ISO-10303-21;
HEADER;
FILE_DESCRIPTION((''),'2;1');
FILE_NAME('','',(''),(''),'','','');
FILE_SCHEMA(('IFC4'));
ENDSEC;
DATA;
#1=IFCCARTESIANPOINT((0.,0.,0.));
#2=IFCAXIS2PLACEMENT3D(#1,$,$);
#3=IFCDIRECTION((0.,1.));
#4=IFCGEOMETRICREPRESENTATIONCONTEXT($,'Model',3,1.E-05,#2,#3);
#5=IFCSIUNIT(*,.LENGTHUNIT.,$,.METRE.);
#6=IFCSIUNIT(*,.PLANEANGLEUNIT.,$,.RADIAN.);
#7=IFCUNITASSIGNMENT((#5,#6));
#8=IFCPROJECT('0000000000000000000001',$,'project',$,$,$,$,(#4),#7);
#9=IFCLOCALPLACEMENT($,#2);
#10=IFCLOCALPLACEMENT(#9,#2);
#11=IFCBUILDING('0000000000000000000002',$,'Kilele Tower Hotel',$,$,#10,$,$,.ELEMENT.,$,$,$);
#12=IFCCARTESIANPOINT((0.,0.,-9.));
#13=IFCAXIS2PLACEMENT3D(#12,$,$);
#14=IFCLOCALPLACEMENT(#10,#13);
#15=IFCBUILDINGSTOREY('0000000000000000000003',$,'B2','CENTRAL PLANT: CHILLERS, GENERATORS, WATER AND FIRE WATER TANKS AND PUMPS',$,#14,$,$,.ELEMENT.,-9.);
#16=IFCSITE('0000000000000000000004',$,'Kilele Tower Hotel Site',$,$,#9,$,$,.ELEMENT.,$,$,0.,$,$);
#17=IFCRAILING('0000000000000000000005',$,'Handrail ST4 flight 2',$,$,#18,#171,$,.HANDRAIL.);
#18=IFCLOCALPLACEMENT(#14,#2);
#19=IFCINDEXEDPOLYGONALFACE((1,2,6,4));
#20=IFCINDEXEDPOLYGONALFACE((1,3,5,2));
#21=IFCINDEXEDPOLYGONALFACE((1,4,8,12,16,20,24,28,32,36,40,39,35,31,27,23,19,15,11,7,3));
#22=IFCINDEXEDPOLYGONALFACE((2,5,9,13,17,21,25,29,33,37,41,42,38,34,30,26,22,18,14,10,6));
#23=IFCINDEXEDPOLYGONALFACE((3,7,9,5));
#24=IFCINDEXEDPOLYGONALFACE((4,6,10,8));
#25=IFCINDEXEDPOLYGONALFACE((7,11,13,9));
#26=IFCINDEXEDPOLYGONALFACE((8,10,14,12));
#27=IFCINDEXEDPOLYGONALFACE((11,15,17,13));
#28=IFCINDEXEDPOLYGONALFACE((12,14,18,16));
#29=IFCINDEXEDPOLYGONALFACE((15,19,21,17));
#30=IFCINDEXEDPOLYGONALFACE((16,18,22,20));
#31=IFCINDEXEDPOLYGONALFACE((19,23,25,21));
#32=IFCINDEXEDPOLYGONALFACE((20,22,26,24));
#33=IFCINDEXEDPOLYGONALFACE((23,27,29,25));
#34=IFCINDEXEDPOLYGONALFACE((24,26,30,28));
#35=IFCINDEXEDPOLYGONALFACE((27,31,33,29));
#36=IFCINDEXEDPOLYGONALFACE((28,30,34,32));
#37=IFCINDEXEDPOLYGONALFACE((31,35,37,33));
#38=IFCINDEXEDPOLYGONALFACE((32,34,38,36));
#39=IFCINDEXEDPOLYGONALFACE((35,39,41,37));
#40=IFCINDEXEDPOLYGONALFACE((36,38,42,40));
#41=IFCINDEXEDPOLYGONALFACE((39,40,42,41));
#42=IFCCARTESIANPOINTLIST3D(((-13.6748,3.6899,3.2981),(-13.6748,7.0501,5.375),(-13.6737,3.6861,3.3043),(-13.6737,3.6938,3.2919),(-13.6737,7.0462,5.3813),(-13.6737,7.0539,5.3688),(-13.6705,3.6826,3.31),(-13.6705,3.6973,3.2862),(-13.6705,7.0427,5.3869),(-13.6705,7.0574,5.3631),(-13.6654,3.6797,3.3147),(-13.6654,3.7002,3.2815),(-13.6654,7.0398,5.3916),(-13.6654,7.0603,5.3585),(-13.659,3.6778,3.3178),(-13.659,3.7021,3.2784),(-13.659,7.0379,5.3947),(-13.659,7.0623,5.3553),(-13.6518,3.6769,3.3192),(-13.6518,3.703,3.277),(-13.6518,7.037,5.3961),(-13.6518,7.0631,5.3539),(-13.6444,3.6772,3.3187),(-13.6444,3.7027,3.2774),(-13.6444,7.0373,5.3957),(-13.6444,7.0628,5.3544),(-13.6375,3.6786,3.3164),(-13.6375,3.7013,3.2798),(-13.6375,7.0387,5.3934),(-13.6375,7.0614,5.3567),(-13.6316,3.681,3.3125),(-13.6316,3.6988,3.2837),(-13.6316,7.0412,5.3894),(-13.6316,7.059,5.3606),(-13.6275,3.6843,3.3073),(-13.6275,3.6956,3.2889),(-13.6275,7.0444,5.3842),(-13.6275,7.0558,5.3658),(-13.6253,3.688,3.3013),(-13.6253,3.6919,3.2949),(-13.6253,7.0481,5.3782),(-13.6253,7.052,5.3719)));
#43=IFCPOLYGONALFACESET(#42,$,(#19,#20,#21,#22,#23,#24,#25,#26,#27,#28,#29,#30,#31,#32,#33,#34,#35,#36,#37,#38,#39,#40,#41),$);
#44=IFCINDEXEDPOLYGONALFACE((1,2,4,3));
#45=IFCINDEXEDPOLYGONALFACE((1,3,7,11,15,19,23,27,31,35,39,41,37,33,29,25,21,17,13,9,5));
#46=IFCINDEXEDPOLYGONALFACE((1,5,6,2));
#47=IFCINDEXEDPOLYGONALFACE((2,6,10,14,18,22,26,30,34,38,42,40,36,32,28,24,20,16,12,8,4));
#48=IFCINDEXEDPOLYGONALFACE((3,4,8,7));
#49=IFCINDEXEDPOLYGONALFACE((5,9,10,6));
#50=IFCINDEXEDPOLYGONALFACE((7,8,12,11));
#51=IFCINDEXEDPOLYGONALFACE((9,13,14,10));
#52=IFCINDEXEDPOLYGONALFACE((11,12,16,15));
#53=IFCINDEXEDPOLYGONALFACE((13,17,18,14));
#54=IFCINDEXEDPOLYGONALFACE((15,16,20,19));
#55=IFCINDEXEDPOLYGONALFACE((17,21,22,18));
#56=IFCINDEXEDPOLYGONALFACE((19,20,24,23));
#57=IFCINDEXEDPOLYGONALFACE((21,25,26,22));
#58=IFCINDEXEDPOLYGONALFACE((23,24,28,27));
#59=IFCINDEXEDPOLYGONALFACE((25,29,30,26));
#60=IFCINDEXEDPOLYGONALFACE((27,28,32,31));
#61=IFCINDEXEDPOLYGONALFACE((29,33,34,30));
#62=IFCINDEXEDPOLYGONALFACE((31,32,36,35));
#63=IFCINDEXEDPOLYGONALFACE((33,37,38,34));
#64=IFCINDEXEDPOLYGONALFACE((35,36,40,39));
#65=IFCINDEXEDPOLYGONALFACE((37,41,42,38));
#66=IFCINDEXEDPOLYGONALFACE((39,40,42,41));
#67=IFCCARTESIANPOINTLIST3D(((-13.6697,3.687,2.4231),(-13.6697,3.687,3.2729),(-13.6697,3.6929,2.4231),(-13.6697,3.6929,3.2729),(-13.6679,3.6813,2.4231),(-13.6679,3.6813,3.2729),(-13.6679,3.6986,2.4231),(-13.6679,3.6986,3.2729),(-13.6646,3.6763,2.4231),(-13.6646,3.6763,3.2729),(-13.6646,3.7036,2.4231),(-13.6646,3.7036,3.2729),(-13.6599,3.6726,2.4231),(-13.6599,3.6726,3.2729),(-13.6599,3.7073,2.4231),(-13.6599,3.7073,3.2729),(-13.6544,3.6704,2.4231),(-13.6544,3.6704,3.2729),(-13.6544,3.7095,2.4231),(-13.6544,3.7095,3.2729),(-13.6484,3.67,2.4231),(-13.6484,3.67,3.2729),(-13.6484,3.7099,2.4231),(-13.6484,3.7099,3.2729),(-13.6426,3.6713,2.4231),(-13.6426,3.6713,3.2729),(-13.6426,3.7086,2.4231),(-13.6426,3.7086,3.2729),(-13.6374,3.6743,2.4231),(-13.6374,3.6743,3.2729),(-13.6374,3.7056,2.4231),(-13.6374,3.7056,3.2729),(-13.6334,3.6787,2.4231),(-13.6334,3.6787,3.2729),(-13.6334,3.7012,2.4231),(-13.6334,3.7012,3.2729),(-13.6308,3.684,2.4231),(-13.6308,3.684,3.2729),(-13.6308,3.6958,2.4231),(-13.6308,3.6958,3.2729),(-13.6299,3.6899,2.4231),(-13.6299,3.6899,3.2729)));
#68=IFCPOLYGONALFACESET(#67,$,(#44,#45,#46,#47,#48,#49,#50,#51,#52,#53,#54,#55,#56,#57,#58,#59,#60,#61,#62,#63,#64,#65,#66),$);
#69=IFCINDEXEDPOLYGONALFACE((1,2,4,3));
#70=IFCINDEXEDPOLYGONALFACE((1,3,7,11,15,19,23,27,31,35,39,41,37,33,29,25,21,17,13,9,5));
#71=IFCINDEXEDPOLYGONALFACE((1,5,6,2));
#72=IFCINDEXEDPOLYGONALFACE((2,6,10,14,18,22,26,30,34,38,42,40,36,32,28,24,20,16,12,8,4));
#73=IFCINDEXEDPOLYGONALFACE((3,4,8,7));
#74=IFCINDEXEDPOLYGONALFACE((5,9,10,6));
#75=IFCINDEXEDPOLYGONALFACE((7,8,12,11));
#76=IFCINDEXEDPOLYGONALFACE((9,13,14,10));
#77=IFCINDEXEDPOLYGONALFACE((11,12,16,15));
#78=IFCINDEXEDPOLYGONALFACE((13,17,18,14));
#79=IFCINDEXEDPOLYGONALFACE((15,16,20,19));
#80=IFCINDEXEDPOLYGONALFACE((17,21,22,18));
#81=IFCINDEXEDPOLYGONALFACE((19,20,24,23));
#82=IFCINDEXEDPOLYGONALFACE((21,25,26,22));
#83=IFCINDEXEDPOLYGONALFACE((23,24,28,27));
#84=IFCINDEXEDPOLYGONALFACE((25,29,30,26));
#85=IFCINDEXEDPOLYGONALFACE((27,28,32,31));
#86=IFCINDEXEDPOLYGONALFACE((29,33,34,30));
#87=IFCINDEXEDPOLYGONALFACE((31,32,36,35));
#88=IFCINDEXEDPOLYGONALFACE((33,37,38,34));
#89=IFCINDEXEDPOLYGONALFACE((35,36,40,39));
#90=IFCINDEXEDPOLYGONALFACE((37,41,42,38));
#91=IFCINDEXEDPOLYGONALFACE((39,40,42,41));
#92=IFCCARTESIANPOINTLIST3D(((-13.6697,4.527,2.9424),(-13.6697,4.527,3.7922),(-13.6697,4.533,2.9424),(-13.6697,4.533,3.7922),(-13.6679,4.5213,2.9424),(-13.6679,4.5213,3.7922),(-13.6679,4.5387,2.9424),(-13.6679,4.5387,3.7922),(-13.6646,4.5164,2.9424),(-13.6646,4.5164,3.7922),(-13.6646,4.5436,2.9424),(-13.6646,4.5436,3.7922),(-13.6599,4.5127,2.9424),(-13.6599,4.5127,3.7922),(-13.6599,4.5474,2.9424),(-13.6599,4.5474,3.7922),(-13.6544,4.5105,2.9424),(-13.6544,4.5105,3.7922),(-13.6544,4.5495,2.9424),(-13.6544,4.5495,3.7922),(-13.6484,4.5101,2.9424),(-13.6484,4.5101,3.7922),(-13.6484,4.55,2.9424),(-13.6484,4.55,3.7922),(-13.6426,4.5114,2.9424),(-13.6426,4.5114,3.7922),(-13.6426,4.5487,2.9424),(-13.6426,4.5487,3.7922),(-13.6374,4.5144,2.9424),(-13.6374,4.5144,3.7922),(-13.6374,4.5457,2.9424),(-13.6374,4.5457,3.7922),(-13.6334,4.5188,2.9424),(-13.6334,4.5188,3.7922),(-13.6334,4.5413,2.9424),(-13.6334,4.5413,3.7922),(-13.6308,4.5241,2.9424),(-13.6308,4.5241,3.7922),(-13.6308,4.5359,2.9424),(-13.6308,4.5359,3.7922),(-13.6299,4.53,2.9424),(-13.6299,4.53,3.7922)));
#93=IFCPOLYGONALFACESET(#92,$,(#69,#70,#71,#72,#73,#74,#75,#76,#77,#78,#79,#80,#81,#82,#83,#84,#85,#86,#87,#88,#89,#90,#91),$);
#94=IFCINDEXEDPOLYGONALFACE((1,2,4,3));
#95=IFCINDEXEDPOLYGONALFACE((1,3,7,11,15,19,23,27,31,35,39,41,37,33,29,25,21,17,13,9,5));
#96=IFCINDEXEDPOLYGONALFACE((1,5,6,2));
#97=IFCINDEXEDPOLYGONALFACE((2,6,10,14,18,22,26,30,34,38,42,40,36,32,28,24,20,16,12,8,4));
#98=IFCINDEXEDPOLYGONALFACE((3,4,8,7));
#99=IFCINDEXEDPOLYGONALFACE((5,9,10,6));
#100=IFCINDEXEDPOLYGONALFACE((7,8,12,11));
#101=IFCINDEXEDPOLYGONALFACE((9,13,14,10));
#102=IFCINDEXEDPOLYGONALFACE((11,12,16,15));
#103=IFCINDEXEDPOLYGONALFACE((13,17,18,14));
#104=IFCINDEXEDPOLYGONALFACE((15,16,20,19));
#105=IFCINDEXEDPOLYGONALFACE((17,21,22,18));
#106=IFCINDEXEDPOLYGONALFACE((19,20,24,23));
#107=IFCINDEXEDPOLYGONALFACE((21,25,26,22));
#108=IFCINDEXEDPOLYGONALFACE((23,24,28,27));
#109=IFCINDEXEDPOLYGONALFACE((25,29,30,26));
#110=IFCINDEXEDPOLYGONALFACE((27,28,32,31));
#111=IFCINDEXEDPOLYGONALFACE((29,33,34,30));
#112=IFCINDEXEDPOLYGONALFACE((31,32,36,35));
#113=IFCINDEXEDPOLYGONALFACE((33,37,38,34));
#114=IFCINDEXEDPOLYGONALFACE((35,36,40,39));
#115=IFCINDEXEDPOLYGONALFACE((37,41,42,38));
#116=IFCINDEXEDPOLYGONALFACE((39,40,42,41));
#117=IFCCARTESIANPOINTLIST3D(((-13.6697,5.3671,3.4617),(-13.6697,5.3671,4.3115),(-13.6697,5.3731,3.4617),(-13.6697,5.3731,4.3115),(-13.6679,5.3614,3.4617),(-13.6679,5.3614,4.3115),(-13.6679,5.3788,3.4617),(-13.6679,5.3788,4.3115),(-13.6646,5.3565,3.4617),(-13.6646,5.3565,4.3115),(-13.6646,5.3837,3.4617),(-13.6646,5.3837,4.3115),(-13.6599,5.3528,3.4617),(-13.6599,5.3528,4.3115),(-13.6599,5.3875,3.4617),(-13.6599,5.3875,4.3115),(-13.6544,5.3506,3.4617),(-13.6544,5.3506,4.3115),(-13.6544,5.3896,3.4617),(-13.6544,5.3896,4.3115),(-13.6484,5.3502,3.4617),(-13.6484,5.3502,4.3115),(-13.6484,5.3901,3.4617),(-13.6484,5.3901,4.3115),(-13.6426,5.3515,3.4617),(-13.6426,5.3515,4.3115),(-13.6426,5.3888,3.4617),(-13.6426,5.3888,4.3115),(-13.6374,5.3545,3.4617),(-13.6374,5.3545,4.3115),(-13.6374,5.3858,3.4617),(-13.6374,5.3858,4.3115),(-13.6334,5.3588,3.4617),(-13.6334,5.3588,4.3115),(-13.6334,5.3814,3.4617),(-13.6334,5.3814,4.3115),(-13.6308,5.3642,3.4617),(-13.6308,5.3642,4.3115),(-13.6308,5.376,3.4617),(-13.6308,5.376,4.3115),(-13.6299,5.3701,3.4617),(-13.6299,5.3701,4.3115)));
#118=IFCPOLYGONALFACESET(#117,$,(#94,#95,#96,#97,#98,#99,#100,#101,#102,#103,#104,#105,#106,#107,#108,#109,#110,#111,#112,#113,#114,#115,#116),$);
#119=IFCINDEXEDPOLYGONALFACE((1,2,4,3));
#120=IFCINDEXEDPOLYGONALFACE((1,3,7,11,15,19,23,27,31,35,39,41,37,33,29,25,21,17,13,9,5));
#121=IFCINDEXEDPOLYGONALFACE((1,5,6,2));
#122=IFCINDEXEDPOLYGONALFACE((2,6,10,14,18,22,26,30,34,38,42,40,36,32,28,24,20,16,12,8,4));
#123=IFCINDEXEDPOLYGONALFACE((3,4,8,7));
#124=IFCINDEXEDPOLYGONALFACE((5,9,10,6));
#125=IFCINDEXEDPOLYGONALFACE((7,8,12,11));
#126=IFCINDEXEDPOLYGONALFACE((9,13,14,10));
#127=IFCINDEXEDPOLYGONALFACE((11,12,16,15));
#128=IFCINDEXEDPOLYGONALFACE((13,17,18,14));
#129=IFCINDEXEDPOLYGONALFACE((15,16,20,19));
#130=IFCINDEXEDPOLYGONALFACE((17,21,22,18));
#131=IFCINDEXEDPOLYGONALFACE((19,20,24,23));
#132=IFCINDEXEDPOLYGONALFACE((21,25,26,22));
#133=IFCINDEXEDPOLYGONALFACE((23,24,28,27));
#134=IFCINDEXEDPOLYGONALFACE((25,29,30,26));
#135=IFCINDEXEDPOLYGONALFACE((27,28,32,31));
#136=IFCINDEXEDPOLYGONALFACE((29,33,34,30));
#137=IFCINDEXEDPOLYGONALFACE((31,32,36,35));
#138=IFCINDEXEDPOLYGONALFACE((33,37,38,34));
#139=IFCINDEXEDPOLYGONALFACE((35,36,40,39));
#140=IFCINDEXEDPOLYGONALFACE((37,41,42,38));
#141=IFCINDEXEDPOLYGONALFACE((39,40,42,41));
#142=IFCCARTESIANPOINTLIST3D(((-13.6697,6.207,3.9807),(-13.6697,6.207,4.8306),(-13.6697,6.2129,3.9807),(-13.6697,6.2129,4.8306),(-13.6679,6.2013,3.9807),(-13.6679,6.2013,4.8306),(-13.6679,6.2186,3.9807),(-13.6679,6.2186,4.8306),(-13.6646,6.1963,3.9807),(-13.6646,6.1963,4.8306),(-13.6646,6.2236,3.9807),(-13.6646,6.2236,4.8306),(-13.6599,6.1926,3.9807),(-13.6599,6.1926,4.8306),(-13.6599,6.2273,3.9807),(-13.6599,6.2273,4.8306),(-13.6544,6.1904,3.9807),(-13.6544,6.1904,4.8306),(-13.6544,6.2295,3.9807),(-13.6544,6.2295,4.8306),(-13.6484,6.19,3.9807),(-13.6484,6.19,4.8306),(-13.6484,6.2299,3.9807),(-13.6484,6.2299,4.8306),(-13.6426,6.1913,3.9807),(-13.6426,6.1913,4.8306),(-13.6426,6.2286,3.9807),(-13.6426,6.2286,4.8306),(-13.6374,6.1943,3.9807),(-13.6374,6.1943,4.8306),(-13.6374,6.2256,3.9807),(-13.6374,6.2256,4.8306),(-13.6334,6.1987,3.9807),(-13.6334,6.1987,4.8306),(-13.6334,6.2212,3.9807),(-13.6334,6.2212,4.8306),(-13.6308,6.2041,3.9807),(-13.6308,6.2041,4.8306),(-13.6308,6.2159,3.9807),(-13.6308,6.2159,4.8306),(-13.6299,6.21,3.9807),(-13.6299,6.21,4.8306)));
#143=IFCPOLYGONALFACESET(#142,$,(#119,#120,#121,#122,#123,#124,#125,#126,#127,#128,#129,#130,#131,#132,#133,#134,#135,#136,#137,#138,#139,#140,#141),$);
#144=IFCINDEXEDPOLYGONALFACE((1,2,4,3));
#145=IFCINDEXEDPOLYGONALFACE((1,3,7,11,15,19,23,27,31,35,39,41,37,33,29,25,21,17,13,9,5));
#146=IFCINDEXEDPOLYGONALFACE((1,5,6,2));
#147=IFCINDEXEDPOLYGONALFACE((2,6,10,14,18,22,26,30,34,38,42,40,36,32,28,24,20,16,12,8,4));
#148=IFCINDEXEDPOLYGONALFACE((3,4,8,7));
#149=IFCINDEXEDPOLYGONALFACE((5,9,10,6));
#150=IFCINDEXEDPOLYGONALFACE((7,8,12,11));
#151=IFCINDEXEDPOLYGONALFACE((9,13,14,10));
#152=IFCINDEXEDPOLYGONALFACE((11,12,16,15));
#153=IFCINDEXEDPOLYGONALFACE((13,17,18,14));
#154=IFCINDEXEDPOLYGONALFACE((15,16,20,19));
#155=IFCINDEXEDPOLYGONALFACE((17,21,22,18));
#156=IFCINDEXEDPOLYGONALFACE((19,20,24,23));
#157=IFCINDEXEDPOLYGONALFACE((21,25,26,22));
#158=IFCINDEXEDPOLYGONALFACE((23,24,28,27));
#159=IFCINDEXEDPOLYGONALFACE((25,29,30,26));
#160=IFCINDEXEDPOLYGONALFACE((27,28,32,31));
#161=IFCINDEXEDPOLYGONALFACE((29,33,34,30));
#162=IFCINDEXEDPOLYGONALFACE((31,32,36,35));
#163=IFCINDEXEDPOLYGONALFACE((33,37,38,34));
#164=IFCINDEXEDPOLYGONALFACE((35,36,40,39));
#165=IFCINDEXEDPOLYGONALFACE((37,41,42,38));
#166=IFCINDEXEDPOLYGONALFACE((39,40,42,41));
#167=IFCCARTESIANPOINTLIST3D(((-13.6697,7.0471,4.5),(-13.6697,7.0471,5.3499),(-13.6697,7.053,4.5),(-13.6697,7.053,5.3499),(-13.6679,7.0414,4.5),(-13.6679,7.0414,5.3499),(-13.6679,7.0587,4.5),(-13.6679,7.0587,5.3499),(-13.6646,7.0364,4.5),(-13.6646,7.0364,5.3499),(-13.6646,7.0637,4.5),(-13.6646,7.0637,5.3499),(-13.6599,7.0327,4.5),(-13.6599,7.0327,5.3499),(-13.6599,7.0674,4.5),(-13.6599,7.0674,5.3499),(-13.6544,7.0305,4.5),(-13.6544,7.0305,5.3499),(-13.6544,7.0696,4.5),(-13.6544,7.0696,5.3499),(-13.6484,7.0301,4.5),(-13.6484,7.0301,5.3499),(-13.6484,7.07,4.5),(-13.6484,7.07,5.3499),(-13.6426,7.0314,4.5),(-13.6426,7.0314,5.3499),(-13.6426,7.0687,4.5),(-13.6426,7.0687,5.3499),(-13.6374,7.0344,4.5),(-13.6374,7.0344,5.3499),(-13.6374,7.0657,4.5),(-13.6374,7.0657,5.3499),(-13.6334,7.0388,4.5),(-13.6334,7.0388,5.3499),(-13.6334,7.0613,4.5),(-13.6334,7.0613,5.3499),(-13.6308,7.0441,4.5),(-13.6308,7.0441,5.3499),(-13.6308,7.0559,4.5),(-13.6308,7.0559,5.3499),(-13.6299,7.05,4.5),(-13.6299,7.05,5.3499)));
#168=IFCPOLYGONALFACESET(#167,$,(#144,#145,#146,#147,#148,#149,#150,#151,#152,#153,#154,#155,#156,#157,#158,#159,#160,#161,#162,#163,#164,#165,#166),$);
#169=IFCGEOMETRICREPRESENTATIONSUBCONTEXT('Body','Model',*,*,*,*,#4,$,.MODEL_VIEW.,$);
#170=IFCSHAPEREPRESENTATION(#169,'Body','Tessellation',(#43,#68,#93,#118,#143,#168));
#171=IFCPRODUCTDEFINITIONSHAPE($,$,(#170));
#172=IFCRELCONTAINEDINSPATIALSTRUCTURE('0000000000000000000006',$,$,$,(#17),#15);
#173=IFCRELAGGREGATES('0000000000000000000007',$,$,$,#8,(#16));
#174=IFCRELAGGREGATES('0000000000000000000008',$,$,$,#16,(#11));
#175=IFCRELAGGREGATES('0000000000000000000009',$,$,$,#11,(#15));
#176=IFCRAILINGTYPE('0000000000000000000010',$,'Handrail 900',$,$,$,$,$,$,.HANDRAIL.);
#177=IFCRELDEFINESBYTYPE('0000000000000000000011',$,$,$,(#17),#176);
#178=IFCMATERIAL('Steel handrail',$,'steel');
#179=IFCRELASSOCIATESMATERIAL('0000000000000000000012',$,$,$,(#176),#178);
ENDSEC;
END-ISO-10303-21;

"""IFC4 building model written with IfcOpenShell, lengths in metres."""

from ifc_helpers import new_model, si_unit, direction, frame, origin, origin_2d, place, context, subcontext, project, spatial, circle, extrude, material, type_object, element, save


model = new_model("IFC4")

# Units and contexts
model_context = context("Model", 3, precision=1e-05, world=origin(), true_north=direction((0.0, 1.0)))
body_context = subcontext(model_context, "Body", "Model", "MODEL_VIEW")
ifc_project = project(units=[si_unit("LENGTHUNIT", "METRE"), si_unit("PLANEANGLEUNIT", "RADIAN")], contexts=[model_context])

# Site, building, storey
site_placement = place(None, origin())
site = spatial("IfcSite", under=ifc_project, at=site_placement, Name="Kilele Tower Hotel Site", CompositionType="ELEMENT", RefElevation=0.0)
building_placement = place(site_placement, origin())
building = spatial("IfcBuilding", under=site, at=building_placement, Name="Kilele Tower Hotel", CompositionType="ELEMENT")
storey_placement = place(building_placement, frame((0.0, 0.0, -9.0)))
storey = spatial("IfcBuildingStorey", under=building, at=storey_placement, Name="B2", Description="CENTRAL PLANT: CHILLERS, GENERATORS, WATER AND FIRE WATER TANKS AND PUMPS", CompositionType="ELEMENT", Elevation=-9.0)

# Railing
ifc_material_1 = material(Name="Steel handrail", Category="steel")
railing_type_1 = type_object("IfcRailingType", Name="Handrail 900", PredefinedType="HANDRAIL", material=ifc_material_1)
for number, where, name in (
    (1, (-13.6499, 3.6899, 2.4231), "Handrail ST4 flight 2"),
):
    element("IfcRailing", number, at=place(storey_placement, frame(where)), inside=storey, type_object=railing_type_1, Name=name, PredefinedType="HANDRAIL", context=body_context, shape_type="SweptSolid", body=[
        extrude(circle(Radius=0.0249, at=origin_2d()), frame((0.0, 0.0, 0.875), z_axis=(0.0, 0.850623, 0.525776), x_axis=(-1.0, 0.0, 0.0)), (0.0, 0.0, 1.0), 3.9502),
        extrude(circle(Radius=0.02, at=origin_2d()), origin(), (0.0, 0.0, 1.0), 0.8499),
        extrude(circle(Radius=0.02, at=origin_2d()), frame((0.0, 0.8401, 0.5193)), (0.0, 0.0, 1.0), 0.8499),
        extrude(circle(Radius=0.02, at=origin_2d()), frame((0.0, 1.6802, 1.0386)), (0.0, 0.0, 1.0), 0.8499),
        extrude(circle(Radius=0.02, at=origin_2d()), frame((0.0, 2.52, 1.5576)), (0.0, 0.0, 1.0), 0.8499),
        extrude(circle(Radius=0.02, at=origin_2d()), frame((0.0, 3.3601, 2.0769)), (0.0, 0.0, 1.0), 0.8499),
    ])

save(model, "model.ifc")
